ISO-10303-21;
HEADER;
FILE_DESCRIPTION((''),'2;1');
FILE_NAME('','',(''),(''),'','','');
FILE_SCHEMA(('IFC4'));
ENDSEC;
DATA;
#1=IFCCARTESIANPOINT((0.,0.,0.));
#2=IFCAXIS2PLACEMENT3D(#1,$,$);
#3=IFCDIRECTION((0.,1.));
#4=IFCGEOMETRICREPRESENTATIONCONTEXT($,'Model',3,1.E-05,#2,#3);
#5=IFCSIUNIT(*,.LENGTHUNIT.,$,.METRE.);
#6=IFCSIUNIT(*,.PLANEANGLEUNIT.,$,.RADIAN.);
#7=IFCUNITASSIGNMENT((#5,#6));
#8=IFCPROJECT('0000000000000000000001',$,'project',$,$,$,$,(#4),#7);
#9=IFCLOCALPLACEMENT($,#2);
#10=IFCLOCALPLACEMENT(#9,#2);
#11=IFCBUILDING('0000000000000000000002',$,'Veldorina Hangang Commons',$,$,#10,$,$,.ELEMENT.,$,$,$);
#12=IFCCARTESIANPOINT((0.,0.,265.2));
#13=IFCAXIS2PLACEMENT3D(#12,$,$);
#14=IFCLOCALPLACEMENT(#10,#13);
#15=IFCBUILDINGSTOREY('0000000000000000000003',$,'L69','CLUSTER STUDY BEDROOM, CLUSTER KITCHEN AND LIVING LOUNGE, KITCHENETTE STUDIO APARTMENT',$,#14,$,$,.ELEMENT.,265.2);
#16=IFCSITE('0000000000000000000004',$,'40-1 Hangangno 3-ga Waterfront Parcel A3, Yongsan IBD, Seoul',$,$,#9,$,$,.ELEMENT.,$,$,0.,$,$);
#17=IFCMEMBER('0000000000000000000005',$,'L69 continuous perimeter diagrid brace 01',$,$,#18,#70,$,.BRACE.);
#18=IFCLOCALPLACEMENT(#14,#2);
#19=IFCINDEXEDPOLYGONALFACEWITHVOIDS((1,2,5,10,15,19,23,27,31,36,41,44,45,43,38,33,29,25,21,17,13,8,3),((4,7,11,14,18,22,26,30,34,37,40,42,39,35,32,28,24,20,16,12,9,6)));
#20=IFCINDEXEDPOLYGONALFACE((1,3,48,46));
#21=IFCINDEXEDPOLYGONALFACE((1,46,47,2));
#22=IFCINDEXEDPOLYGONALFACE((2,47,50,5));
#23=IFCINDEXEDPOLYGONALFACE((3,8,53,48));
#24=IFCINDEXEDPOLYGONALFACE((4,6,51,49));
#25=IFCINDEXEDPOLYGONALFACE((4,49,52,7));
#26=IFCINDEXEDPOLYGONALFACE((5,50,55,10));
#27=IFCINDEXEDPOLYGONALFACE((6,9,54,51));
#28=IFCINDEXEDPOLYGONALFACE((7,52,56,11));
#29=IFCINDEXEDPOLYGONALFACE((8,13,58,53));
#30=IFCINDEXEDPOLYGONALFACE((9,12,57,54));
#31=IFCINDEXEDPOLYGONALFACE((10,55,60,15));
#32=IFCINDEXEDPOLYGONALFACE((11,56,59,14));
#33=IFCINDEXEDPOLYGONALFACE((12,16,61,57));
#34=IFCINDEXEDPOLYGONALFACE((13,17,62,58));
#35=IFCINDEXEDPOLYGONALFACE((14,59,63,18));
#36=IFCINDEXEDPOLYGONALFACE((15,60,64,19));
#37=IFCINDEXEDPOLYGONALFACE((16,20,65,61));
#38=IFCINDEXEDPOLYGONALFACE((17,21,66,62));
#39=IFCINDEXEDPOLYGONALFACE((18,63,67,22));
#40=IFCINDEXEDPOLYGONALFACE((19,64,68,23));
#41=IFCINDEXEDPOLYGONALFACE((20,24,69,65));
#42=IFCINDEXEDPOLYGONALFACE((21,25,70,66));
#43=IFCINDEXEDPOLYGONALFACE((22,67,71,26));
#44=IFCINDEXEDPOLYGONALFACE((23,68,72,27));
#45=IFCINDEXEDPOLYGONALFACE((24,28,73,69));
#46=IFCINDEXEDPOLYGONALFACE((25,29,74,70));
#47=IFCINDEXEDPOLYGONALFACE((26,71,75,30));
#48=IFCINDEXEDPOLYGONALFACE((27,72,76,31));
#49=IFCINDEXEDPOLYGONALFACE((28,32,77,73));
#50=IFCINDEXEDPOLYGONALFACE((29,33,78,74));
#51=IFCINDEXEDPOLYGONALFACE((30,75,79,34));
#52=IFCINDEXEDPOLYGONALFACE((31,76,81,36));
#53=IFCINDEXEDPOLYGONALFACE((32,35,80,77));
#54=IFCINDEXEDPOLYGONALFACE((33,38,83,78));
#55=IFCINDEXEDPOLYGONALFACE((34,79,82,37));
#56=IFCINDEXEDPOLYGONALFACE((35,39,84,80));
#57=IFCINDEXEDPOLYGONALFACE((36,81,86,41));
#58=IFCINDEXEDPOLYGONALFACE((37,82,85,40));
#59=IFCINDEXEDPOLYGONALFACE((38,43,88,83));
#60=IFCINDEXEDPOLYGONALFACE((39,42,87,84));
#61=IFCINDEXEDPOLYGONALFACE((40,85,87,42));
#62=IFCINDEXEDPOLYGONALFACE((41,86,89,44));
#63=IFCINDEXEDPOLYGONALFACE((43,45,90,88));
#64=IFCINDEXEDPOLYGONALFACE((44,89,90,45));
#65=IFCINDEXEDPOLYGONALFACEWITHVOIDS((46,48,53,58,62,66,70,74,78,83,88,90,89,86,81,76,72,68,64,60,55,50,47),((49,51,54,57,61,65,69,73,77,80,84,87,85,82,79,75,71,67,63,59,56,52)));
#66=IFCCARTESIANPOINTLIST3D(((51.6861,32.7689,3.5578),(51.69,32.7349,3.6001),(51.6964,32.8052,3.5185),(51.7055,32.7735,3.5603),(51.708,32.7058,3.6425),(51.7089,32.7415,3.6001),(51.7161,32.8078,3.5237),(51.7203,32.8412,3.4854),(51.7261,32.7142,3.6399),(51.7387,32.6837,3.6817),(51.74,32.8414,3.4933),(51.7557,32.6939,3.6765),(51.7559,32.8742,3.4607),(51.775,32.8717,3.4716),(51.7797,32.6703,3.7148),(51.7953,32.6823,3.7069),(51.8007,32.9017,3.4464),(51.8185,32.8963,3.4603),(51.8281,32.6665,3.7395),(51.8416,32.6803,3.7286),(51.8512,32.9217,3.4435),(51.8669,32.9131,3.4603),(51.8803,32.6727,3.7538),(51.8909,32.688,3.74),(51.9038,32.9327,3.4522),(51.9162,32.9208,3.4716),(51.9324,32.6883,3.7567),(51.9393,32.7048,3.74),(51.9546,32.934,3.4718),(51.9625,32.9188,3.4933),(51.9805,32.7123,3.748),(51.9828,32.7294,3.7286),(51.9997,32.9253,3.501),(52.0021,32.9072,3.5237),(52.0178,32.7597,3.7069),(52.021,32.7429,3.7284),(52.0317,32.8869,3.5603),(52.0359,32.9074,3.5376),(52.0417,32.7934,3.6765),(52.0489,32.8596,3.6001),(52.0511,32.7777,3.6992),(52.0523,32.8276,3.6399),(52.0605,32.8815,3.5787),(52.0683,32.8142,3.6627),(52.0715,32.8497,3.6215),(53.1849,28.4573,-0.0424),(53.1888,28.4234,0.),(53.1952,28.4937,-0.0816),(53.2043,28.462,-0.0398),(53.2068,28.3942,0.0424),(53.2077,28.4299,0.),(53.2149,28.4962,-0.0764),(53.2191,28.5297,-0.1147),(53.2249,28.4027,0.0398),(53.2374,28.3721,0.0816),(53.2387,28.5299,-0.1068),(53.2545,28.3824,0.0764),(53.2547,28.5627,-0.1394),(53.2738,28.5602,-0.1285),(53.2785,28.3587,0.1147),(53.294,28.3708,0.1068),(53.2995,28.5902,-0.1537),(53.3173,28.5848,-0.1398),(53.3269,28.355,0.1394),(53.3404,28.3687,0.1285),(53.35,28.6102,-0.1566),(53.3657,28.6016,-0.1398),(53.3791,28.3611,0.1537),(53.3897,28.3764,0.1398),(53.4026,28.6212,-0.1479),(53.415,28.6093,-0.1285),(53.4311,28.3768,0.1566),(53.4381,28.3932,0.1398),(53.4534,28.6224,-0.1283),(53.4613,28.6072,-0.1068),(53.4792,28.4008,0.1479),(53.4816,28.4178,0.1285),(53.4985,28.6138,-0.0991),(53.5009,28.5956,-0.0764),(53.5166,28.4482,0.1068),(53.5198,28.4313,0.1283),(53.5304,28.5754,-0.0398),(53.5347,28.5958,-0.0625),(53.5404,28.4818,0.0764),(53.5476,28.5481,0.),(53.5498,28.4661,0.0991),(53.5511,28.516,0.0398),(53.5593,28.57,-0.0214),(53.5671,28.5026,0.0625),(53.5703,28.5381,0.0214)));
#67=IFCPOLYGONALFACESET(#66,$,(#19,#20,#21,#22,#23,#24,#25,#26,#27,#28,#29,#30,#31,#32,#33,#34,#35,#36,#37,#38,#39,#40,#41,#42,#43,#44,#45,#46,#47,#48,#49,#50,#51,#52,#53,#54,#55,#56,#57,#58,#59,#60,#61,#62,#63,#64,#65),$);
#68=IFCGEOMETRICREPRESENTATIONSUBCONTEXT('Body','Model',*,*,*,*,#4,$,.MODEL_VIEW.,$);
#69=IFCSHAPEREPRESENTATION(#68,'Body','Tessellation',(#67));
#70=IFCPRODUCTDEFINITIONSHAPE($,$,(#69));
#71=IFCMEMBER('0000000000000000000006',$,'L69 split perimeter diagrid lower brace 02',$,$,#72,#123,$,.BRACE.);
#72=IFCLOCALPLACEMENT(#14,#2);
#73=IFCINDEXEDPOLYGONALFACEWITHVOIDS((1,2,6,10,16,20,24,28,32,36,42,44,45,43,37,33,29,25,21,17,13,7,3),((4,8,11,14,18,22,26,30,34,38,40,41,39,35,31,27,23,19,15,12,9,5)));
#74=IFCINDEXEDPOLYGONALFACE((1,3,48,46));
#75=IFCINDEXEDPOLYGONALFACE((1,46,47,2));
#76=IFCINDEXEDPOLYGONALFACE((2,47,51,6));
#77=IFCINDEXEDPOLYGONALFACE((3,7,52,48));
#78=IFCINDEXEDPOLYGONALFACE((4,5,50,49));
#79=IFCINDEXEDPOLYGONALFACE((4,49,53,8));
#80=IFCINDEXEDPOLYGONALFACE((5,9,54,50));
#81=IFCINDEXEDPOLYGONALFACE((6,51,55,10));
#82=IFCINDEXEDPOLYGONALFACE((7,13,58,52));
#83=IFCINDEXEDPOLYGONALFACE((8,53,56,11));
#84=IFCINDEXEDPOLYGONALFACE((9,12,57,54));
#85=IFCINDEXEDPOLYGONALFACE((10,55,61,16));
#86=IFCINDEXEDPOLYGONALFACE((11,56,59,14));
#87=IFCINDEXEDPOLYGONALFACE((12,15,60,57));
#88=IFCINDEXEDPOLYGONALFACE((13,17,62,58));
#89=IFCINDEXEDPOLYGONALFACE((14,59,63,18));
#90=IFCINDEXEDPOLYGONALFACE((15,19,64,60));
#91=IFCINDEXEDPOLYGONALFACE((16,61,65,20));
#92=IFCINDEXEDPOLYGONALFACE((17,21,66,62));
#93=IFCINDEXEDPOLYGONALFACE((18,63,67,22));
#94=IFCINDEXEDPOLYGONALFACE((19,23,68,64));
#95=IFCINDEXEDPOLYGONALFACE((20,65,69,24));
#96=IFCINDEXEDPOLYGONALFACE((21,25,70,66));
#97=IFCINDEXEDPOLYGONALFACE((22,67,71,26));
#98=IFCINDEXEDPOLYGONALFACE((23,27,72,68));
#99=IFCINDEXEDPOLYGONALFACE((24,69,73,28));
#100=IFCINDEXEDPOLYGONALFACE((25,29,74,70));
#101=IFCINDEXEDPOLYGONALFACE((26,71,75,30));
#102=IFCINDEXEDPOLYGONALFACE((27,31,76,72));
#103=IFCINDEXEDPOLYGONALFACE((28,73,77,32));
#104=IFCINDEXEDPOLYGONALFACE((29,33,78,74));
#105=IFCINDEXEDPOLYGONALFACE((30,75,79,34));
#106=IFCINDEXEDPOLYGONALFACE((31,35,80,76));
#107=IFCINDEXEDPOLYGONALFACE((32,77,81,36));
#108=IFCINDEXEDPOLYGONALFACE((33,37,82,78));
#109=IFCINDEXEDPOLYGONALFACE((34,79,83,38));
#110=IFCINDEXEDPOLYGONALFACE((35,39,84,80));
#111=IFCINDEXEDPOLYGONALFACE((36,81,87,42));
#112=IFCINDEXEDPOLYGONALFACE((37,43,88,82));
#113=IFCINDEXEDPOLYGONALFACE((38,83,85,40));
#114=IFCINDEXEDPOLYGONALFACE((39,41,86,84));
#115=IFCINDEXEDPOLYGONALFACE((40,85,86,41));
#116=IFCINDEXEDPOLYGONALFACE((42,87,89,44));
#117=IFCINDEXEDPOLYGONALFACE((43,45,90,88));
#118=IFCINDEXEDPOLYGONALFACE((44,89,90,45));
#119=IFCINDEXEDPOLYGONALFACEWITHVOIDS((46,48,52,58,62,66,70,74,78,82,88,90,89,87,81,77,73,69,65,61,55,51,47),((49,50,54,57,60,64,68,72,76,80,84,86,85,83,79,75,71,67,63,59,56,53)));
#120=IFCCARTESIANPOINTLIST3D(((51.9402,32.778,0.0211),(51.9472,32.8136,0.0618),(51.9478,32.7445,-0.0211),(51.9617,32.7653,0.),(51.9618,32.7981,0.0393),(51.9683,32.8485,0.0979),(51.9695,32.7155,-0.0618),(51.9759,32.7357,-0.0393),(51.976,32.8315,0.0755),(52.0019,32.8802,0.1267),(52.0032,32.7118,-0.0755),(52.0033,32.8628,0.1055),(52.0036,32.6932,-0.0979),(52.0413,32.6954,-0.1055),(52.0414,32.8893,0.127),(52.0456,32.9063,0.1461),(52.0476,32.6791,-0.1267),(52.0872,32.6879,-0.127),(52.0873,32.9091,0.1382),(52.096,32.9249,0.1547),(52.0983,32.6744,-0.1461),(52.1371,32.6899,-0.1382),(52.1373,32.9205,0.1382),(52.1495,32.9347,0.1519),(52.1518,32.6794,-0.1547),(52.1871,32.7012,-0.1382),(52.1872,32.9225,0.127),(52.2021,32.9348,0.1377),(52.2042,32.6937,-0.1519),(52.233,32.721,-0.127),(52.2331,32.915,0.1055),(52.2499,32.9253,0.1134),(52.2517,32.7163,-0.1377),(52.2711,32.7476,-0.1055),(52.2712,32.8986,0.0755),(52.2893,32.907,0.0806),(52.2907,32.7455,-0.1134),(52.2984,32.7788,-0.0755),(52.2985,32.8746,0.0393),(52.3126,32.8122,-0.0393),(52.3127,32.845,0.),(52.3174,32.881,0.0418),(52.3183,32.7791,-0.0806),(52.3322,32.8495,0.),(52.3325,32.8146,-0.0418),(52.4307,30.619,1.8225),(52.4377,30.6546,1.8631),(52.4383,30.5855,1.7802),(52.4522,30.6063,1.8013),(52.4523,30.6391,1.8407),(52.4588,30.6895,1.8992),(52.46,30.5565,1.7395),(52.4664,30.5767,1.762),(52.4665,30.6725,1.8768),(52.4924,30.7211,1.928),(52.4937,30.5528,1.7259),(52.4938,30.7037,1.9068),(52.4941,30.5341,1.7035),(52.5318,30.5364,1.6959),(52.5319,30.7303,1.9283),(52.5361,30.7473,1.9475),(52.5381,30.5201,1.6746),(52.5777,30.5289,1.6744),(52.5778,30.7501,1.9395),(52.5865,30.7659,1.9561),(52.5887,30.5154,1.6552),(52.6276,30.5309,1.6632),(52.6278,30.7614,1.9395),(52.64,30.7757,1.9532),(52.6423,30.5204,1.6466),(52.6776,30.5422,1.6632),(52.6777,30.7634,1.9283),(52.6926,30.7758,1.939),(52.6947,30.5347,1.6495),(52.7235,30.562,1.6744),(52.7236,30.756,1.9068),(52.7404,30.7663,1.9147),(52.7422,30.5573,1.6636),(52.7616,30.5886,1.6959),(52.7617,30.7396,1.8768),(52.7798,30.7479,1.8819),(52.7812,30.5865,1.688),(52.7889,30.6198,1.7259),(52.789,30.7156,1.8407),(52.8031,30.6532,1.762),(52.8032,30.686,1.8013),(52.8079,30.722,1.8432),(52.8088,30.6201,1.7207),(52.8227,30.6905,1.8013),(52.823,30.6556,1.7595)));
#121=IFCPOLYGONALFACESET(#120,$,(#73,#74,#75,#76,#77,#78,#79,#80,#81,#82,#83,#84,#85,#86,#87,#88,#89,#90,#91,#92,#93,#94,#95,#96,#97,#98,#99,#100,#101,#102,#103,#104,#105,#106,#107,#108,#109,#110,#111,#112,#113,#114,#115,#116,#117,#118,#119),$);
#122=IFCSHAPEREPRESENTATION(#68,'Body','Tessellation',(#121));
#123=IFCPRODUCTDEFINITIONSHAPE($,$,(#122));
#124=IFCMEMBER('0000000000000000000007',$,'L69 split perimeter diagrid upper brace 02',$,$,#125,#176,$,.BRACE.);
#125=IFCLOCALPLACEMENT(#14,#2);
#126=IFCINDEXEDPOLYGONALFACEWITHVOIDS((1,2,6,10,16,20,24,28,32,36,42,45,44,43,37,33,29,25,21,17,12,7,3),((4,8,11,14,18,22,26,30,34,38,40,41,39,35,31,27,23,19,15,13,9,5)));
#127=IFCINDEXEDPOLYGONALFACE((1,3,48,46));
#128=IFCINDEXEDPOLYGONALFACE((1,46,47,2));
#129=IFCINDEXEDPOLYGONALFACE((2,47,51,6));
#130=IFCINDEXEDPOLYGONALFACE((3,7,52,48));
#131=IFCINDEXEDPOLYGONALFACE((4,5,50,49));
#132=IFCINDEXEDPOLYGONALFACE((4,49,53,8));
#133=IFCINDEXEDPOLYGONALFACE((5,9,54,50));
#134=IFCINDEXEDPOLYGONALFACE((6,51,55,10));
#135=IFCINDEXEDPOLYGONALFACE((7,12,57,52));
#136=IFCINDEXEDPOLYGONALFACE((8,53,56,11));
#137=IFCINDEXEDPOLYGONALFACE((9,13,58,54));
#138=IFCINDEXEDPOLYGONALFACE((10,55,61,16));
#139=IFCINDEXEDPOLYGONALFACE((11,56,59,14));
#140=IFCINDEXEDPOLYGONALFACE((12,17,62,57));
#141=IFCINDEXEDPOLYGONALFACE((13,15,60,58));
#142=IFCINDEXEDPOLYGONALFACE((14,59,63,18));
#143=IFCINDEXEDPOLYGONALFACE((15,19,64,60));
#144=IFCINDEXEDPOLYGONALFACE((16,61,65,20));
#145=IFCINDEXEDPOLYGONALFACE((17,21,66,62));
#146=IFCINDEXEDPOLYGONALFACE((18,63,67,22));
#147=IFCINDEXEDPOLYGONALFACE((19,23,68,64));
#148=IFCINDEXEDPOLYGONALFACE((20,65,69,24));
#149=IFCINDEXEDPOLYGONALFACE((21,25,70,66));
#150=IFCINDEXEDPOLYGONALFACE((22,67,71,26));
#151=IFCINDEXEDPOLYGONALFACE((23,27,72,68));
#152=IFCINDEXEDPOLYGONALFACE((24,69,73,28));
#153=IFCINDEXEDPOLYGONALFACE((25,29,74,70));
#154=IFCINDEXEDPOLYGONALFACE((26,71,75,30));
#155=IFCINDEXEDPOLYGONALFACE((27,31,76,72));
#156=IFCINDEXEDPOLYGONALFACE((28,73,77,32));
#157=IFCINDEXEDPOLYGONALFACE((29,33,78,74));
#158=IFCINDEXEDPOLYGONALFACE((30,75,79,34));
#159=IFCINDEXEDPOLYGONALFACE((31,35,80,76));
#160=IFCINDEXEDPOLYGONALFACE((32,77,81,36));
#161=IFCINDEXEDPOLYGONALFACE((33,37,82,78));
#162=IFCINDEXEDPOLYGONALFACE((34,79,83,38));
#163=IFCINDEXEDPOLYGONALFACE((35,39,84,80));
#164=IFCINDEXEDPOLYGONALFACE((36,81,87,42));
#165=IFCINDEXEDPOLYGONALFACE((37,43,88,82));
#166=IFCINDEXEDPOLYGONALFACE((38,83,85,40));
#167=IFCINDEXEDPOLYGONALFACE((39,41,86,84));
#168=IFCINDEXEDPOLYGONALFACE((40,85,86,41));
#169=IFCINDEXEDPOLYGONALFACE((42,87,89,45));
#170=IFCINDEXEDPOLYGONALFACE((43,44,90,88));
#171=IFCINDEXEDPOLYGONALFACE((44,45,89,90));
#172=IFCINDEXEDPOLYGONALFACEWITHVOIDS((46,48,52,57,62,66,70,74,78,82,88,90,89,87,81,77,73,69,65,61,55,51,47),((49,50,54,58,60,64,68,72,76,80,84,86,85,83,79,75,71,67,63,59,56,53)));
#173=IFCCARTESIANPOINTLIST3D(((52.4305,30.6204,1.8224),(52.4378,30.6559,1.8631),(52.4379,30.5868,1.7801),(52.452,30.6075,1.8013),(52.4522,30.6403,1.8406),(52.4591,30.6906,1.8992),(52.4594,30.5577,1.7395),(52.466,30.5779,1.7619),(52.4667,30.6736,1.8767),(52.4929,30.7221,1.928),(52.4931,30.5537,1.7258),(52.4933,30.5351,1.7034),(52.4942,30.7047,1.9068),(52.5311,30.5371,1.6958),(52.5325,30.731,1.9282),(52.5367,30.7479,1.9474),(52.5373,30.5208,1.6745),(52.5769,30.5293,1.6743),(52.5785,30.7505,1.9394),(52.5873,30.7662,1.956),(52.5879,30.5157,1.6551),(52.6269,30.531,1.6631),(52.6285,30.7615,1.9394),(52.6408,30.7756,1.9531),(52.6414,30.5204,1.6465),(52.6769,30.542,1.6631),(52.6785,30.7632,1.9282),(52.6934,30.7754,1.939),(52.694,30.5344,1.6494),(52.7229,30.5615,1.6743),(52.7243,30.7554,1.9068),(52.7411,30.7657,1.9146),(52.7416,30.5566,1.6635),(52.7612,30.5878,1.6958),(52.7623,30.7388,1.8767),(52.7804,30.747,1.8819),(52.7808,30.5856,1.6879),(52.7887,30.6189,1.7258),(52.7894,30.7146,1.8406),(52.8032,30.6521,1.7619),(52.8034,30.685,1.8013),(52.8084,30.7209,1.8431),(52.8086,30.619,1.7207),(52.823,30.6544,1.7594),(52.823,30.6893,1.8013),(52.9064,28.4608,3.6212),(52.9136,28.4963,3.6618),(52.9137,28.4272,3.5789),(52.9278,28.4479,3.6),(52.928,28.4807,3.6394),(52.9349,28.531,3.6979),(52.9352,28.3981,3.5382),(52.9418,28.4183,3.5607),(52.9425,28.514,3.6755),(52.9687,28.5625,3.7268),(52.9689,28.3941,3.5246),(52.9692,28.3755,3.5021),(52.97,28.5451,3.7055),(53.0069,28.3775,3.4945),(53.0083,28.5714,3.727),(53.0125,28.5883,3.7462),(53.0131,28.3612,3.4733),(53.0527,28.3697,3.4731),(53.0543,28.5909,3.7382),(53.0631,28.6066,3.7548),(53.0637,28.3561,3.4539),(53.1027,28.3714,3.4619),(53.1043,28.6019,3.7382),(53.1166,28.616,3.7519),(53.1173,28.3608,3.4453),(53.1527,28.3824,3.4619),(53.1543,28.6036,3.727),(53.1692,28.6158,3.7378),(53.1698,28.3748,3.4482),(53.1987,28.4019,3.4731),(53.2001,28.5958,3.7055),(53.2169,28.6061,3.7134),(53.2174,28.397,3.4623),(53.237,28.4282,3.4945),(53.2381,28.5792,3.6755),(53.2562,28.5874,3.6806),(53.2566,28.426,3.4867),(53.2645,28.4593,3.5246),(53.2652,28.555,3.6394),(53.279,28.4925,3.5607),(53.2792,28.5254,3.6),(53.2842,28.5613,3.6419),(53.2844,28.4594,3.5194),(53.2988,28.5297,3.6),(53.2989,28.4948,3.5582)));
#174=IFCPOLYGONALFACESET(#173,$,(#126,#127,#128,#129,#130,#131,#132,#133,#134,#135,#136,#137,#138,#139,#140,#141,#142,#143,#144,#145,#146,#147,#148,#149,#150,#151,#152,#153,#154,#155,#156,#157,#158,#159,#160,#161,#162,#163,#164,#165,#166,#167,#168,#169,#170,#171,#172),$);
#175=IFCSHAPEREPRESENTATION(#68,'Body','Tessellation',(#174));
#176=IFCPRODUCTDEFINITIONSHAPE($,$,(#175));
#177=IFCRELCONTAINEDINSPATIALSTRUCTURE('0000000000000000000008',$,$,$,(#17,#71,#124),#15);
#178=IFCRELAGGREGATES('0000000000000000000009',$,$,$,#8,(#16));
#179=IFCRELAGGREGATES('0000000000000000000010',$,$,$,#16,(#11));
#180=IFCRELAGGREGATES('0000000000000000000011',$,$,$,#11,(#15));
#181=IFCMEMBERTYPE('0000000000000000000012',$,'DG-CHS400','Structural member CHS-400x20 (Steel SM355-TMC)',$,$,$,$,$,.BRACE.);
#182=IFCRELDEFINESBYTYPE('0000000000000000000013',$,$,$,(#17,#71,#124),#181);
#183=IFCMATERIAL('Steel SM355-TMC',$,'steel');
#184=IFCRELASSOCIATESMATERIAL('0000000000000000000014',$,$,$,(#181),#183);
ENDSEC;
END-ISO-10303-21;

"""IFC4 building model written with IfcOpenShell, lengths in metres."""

from ifc_helpers import new_model, si_unit, direction, frame, origin, origin_2d, place, context, subcontext, project, spatial, hollow_circle, extrude, material, material_profile, profile_set, type_object, element, save


model = new_model("IFC4")

# Units and contexts
model_context = context("Model", 3, precision=1e-05, world=origin(), true_north=direction((0.0, 1.0)))
body_context = subcontext(model_context, "Body", "Model", "MODEL_VIEW")
ifc_project = project(units=[si_unit("LENGTHUNIT", "METRE"), si_unit("PLANEANGLEUNIT", "RADIAN")], contexts=[model_context])

# Site, building, storey
site_placement = place(None, origin())
site = spatial("IfcSite", under=ifc_project, at=site_placement, Name="40-1 Hangangno 3-ga Waterfront Parcel A3, Yongsan IBD, Seoul", CompositionType="ELEMENT", RefElevation=0.0)
building_placement = place(site_placement, origin())
building = spatial("IfcBuilding", under=site, at=building_placement, Name="Veldorina Hangang Commons", CompositionType="ELEMENT")
storey_placement = place(building_placement, frame((0.0, 0.0, 265.2)))
storey = spatial("IfcBuildingStorey", under=building, at=storey_placement, Name="L69", Description="CLUSTER STUDY BEDROOM, CLUSTER KITCHEN AND LIVING LOUNGE, KITCHENETTE STUDIO APARTMENT", CompositionType="ELEMENT", Elevation=265.2)

# Shared definitions
ifc_material_1 = material(Name="Steel SM355-TMC", Category="steel")

# Members
ifc_material_profile_1 = material_profile(ifc_material_1, hollow_circle(Radius=0.2, WallThickness=0.02, at=origin_2d()), Name="CHS-400x20")
ifc_profile_set_1 = profile_set([ifc_material_profile_1], Name="Steel SM355-TMC")
member_type_1 = type_object("IfcMemberType", Name="DG-CHS400", Description="Structural member CHS-400x20 (Steel SM355-TMC)", PredefinedType="BRACE", material=ifc_profile_set_1)
member_1_placement = place(storey_placement, frame((53.3777, 28.489, 0.0), z_axis=(-0.257812, 0.741645, 0.61927), x_axis=(-0.944557, -0.328348, 0.0)))
element("IfcMember", 1, at=member_1_placement, inside=storey, type_object=member_type_1, Name="L69 continuous perimeter diagrid brace 01", PredefinedType="BRACE", context=body_context, shape_type="SweptSolid", body=[
    extrude(hollow_circle(Radius=0.2, WallThickness=0.02, at=origin_2d()), origin(), (0.0, 0.0, 1.0), 5.8135),
])
member_2_placement = place(storey_placement, frame((52.1372, 32.8052, 0.0), z_axis=(0.171848, -0.756421, 0.631107), x_axis=(0.975151, 0.22154, 0.0)))
element("IfcMember", 2, at=member_2_placement, inside=storey, type_object=member_type_1, Name="L69 split perimeter diagrid lower brace 02", PredefinedType="BRACE", context=body_context, shape_type="SweptSolid", body=[
    extrude(hollow_circle(Radius=0.2, WallThickness=0.02, at=origin_2d()), origin(), (0.0, 0.0, 1.0), 2.8542),
])
member_3_placement = place(storey_placement, frame((52.6277, 30.6462, 1.8013), z_axis=(0.166918, -0.757598, 0.631018), x_axis=(0.976578, 0.215165, 0.0)))
element("IfcMember", 3, at=member_3_placement, inside=storey, type_object=member_type_1, Name="L69 split perimeter diagrid upper brace 02", PredefinedType="BRACE", context=body_context, shape_type="SweptSolid", body=[
    extrude(hollow_circle(Radius=0.2, WallThickness=0.02, at=origin_2d()), origin(), (0.0, 0.0, 1.0), 2.8506),
])

save(model, "model.ifc")
